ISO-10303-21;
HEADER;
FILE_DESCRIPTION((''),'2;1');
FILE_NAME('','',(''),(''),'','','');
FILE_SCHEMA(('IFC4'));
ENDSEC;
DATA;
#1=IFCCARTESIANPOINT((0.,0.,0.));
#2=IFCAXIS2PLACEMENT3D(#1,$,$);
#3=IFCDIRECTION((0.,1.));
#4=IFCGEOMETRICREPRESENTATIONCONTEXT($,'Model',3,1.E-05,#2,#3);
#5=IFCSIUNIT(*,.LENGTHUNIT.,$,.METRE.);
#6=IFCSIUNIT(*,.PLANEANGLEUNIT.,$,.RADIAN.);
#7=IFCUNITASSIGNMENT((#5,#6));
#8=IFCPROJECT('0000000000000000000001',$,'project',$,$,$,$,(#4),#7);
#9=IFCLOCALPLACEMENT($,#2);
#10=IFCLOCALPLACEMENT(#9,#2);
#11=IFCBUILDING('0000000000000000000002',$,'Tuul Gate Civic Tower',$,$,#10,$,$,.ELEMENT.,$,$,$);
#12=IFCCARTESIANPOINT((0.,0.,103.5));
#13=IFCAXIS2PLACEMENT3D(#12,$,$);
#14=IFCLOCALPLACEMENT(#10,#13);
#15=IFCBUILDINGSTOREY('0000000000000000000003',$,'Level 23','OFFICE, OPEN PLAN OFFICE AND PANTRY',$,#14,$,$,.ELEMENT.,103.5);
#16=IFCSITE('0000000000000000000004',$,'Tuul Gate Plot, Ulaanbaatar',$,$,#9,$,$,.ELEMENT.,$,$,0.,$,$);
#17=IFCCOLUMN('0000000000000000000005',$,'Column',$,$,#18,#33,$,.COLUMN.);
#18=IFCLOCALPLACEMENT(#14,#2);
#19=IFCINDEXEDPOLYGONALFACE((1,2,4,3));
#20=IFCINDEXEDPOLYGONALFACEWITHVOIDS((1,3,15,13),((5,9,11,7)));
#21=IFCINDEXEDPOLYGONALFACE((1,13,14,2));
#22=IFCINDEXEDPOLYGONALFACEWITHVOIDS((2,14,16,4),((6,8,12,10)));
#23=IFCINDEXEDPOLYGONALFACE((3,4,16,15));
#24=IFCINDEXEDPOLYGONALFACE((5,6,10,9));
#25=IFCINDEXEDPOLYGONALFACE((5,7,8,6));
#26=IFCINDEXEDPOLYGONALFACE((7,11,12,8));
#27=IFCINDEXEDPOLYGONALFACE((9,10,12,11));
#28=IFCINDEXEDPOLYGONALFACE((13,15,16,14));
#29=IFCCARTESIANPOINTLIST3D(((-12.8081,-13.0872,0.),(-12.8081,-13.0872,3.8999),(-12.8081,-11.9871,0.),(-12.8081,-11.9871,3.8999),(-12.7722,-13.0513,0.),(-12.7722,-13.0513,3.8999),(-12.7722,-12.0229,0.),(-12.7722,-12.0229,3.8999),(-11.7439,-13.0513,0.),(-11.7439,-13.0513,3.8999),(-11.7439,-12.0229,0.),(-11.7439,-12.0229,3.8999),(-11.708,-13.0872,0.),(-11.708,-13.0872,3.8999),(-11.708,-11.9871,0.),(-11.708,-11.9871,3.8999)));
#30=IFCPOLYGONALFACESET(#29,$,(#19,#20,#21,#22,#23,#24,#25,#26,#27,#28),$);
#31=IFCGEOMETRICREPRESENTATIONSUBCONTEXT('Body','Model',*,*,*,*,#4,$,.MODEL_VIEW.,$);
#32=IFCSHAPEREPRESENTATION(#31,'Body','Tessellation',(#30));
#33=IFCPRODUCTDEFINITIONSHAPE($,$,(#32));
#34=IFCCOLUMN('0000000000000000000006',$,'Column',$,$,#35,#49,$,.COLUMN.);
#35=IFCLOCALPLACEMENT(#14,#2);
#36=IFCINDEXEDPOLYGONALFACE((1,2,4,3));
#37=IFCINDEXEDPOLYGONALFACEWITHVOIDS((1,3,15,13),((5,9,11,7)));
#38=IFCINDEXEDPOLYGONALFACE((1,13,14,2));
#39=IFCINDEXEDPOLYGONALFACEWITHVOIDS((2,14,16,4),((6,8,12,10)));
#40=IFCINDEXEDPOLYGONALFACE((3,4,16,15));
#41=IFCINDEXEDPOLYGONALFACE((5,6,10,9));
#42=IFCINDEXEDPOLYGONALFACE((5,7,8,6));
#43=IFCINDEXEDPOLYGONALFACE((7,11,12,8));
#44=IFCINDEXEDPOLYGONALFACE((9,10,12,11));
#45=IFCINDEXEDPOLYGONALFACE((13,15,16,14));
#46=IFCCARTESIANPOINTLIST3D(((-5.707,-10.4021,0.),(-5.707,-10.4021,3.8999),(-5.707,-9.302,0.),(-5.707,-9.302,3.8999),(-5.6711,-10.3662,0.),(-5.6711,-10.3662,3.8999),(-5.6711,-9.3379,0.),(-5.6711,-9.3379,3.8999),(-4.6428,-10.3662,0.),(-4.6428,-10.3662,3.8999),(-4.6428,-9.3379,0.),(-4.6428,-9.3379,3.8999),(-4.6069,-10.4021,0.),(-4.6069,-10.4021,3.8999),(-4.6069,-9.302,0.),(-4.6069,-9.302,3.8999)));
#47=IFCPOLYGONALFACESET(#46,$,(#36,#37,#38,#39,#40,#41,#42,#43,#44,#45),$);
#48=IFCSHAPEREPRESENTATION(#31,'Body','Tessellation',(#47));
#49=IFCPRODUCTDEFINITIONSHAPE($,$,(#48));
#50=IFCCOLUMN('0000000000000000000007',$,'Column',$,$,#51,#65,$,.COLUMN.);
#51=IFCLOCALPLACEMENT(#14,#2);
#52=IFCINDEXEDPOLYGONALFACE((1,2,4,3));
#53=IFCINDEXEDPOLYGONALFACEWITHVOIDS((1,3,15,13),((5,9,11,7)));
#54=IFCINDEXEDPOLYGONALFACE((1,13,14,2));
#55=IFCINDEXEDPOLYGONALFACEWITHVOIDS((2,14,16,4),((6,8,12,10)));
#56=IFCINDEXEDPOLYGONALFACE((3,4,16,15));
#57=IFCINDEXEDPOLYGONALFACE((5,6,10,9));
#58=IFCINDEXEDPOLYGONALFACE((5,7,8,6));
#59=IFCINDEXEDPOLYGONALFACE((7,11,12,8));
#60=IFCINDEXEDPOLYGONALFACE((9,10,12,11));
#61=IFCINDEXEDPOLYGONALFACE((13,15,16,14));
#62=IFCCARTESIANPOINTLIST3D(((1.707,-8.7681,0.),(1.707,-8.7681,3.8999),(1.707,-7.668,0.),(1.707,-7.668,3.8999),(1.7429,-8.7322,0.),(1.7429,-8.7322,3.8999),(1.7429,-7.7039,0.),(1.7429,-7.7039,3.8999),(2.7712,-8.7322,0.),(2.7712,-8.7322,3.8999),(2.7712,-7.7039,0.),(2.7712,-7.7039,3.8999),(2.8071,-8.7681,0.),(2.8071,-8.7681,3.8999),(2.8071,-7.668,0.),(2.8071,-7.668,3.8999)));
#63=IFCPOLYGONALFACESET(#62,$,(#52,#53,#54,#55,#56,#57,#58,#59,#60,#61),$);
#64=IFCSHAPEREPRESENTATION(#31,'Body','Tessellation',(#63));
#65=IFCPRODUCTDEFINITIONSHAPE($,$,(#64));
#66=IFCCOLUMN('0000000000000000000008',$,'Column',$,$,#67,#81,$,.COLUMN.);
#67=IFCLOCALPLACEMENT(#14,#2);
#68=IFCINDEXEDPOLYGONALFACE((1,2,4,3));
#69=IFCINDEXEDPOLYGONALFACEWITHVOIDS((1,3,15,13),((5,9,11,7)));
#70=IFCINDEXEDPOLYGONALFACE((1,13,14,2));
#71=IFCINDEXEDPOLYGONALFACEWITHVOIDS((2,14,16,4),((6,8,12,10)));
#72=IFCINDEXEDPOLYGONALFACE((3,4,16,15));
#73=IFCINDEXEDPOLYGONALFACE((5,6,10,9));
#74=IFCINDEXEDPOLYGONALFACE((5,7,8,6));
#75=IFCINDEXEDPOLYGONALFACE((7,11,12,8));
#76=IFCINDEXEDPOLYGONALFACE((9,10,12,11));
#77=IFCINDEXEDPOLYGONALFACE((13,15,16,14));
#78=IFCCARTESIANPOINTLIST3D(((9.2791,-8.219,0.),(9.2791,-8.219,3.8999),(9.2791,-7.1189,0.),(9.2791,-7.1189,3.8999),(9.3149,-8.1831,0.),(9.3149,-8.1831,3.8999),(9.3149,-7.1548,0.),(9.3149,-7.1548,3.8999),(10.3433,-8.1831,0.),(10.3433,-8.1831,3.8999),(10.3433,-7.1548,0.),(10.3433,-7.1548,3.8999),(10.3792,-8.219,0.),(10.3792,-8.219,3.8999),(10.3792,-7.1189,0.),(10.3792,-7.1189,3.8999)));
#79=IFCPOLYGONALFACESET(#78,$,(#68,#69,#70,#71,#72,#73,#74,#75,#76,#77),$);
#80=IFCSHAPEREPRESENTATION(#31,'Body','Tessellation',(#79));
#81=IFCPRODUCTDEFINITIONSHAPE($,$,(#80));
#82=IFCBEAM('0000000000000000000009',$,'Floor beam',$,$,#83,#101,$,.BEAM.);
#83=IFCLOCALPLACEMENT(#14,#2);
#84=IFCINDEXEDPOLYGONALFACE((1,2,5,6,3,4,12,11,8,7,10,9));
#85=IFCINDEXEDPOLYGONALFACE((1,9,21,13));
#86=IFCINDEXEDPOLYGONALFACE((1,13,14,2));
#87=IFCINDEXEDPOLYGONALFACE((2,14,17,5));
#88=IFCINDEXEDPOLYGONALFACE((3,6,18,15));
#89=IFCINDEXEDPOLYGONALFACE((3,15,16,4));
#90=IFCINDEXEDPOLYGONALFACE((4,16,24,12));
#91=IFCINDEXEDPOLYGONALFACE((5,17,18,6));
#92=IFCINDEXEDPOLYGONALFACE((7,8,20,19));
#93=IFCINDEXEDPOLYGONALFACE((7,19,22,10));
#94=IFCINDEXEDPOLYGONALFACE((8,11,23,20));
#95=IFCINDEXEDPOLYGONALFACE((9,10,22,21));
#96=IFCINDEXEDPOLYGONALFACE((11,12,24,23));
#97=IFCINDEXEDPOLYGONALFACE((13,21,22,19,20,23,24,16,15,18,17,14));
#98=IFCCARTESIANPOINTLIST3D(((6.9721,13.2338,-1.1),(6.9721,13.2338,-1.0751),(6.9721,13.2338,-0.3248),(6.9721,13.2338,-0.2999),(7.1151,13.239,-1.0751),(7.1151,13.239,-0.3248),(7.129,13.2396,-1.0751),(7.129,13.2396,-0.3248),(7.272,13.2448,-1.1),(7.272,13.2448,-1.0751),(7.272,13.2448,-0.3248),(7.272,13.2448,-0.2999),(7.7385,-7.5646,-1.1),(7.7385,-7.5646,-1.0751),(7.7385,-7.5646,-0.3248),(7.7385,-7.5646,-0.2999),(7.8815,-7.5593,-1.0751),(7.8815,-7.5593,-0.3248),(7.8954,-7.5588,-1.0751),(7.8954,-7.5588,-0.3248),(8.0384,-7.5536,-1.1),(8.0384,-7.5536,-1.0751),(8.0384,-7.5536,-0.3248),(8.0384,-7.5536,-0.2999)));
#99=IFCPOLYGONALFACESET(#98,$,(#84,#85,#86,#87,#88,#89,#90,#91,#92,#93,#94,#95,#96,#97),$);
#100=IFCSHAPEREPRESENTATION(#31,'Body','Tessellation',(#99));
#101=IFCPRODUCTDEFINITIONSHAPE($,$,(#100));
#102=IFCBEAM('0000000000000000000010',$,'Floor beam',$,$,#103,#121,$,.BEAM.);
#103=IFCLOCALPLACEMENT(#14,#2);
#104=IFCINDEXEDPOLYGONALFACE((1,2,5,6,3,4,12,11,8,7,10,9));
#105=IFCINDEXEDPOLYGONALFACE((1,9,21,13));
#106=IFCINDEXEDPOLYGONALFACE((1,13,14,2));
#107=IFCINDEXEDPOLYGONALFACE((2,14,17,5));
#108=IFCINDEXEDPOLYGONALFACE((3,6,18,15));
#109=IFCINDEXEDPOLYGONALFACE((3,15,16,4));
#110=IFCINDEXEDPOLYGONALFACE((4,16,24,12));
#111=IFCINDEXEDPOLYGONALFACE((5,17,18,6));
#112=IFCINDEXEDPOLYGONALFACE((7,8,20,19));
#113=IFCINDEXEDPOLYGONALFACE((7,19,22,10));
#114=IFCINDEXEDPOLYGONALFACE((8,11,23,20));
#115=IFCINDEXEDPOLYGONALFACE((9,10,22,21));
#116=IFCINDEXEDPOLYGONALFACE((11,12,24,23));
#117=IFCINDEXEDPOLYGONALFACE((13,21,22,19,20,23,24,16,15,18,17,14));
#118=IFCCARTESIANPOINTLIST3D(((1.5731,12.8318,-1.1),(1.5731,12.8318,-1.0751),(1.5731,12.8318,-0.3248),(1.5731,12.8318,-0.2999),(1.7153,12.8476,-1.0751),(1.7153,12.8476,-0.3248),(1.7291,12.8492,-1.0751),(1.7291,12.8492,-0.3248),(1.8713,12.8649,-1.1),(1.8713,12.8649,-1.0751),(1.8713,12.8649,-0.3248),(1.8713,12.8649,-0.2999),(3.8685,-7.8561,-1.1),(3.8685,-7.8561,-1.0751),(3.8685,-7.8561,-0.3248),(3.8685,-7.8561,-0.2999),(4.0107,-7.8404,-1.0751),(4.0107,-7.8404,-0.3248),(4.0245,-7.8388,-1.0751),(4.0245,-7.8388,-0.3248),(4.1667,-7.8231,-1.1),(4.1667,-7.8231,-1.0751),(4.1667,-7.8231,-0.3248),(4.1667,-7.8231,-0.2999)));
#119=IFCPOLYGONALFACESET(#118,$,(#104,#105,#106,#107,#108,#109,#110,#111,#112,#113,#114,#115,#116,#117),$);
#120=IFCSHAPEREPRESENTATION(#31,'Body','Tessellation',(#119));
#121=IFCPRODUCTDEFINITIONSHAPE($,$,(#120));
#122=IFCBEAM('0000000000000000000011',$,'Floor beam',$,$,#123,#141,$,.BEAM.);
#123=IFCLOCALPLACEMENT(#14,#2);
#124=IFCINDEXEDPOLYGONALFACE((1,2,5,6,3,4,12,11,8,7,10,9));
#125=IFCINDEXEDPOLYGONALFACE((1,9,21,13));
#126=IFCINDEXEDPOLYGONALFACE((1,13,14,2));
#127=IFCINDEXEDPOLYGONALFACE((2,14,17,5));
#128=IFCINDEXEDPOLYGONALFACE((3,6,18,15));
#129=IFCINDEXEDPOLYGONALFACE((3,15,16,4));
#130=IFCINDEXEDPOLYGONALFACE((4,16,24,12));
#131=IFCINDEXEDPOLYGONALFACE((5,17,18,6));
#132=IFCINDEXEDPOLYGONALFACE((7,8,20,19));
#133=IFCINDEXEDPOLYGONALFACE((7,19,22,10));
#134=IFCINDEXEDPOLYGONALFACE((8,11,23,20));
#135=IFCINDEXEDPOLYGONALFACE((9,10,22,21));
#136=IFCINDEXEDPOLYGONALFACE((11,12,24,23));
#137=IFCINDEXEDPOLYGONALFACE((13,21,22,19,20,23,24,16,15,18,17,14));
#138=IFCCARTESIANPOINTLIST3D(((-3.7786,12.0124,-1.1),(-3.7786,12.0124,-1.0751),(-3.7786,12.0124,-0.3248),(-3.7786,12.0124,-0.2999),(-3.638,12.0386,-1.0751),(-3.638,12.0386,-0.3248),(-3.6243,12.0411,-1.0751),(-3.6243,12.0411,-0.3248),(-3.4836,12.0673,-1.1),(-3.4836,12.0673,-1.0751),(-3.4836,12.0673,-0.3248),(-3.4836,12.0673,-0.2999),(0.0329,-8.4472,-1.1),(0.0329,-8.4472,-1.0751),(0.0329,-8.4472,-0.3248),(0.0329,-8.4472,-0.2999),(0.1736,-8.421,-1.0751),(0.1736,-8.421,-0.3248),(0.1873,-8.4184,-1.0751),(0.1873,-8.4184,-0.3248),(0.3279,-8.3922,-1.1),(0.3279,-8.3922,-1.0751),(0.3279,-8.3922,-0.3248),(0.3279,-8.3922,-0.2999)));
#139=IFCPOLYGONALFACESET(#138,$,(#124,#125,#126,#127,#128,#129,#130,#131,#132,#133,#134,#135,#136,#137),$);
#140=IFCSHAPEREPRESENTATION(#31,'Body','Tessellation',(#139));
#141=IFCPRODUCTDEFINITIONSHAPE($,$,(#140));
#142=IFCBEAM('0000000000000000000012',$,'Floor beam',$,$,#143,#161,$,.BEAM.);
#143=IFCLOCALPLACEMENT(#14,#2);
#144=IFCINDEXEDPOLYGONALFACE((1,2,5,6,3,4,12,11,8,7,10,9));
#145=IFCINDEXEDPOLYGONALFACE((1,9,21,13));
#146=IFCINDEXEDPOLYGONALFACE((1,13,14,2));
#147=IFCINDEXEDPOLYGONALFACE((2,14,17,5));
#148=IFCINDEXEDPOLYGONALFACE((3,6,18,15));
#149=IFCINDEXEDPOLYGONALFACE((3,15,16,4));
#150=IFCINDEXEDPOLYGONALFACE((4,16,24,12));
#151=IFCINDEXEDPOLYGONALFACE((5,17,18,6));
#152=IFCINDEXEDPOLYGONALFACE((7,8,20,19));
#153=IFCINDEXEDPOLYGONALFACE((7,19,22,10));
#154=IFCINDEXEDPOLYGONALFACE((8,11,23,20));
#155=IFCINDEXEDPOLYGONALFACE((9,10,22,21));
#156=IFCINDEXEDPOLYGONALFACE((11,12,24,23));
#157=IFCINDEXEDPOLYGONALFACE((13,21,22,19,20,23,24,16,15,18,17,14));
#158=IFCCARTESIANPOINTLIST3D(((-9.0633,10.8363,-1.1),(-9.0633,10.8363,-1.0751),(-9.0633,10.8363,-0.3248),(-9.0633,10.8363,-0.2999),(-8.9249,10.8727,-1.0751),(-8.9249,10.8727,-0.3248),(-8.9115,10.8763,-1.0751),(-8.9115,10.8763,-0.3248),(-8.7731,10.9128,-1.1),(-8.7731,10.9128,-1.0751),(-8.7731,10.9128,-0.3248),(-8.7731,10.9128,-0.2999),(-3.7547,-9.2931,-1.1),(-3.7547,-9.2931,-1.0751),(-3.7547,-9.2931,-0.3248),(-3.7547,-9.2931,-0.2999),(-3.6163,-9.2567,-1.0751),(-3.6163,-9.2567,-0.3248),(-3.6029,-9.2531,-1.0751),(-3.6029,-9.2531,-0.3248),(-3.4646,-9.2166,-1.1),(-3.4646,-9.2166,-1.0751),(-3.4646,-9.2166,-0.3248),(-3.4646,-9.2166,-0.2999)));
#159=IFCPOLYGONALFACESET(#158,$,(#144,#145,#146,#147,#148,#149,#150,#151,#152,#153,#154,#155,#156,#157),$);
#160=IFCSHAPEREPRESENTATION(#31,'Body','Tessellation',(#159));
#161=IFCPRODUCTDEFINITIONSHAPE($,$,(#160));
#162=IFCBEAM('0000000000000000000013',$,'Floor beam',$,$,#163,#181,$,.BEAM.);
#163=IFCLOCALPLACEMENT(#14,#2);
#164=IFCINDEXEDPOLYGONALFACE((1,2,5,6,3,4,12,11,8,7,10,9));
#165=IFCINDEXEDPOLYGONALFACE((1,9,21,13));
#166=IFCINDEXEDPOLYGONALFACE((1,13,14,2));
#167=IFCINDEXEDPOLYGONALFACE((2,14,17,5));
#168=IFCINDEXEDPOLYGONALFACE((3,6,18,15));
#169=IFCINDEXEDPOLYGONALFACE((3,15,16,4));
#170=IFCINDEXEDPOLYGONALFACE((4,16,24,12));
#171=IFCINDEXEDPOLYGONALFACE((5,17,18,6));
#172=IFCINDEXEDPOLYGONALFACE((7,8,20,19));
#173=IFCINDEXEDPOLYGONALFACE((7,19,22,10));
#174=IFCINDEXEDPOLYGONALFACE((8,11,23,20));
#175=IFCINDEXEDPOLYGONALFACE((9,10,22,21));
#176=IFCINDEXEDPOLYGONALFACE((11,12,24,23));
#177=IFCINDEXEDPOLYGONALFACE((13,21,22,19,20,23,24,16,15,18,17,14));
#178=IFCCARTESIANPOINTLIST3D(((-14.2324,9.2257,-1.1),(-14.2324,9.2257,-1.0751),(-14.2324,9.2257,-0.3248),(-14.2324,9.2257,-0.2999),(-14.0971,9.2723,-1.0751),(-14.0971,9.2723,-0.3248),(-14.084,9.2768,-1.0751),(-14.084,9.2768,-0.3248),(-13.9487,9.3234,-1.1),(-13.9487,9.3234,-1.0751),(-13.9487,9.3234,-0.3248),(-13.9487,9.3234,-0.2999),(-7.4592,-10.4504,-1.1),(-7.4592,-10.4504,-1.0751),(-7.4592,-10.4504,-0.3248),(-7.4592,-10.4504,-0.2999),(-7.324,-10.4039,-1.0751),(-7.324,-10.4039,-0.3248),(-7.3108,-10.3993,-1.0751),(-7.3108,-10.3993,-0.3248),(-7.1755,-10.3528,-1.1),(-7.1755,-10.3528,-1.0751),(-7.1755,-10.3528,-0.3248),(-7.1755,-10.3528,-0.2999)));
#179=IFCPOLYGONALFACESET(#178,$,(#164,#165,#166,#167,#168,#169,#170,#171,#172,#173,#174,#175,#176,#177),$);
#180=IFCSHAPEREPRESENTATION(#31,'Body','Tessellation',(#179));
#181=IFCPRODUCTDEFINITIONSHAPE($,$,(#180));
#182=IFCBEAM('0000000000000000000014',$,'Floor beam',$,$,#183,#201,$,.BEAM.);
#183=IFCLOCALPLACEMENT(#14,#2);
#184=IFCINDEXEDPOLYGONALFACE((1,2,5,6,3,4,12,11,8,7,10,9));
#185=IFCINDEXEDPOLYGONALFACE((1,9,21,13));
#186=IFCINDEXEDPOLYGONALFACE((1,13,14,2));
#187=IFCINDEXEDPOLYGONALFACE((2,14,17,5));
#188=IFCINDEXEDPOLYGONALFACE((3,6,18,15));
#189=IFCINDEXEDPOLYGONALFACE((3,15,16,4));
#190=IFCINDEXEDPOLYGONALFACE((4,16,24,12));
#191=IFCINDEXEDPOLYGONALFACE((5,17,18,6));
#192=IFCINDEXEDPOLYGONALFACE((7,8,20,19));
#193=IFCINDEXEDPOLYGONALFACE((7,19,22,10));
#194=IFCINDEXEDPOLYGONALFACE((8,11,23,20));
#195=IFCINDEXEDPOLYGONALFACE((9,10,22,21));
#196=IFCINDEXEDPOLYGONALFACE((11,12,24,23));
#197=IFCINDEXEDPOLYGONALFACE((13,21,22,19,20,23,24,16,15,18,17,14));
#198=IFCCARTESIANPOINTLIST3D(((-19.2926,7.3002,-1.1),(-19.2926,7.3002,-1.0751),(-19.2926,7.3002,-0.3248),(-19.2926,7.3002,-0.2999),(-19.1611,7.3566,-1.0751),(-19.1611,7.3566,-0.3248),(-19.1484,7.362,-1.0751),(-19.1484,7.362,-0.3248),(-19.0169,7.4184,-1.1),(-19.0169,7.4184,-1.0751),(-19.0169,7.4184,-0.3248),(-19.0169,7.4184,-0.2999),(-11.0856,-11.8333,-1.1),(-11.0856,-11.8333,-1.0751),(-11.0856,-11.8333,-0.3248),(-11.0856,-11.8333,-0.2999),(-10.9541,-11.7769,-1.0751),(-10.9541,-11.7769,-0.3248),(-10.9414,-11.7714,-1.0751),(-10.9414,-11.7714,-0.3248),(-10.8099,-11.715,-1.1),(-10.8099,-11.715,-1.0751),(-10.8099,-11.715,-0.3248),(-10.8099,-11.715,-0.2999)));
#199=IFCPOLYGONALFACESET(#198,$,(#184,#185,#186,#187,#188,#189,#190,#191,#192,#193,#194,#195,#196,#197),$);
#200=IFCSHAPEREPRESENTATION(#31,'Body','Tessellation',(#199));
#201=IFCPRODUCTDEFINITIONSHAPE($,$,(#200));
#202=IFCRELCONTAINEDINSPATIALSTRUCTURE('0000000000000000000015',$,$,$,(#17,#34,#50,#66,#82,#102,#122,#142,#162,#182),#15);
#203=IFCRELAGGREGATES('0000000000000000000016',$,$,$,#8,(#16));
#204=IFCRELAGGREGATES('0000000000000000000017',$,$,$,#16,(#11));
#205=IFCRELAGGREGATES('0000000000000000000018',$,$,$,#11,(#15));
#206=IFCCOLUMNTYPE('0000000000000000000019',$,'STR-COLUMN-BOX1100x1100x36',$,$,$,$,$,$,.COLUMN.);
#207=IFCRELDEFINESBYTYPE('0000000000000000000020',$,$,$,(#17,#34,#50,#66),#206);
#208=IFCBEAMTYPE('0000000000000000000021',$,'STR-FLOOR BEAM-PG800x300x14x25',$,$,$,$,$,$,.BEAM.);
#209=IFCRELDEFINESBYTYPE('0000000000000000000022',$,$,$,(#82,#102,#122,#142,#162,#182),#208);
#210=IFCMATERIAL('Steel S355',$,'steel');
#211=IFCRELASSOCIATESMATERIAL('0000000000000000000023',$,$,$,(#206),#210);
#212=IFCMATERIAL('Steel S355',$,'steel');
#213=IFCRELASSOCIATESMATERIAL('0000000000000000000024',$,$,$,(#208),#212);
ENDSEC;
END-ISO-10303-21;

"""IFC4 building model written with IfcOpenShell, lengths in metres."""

from ifc_helpers import new_model, si_unit, direction, frame, origin, origin_2d, place, context, subcontext, project, spatial, hollow_rectangle, i_section, extrude, material, material_profile, profile_set, type_object, element, save


model = new_model("IFC4")

# Units and contexts
model_context = context("Model", 3, precision=1e-05, world=origin(), true_north=direction((0.0, 1.0)))
body_context = subcontext(model_context, "Body", "Model", "MODEL_VIEW")
ifc_project = project(units=[si_unit("LENGTHUNIT", "METRE"), si_unit("PLANEANGLEUNIT", "RADIAN")], contexts=[model_context])

# Site, building, storey
site_placement = place(None, origin())
site = spatial("IfcSite", under=ifc_project, at=site_placement, Name="Tuul Gate Plot, Ulaanbaatar", CompositionType="ELEMENT", RefElevation=0.0)
building_placement = place(site_placement, origin())
building = spatial("IfcBuilding", under=site, at=building_placement, Name="Tuul Gate Civic Tower", CompositionType="ELEMENT")
storey_placement = place(building_placement, frame((0.0, 0.0, 103.5)))
storey = spatial("IfcBuildingStorey", under=building, at=storey_placement, Name="Level 23", Description="OFFICE, OPEN PLAN OFFICE AND PANTRY", CompositionType="ELEMENT", Elevation=103.5)

# Columns
ifc_material_1 = material(Name="Steel S355", Category="steel")
ifc_material_profile_1 = material_profile(ifc_material_1, hollow_rectangle(XDim=1.1001, YDim=1.1001, WallThickness=0.0359, at=origin_2d()), Name="BOX1100x1100x36")
ifc_profile_set_1 = profile_set([ifc_material_profile_1], Name="Steel S355")
column_type = type_object("IfcColumnType", Name="STR-COLUMN-BOX1100x1100x36", PredefinedType="COLUMN", material=ifc_profile_set_1)
for number, where, z_axis, x_axis, name in (
    (1, (-12.2581, -12.5371, 0.0), (0.0, 0.0, 1.0), (1.0, 0.0, 0.0), "Column"),
    (2, (-5.157, -9.8521, 0.0), (0.0, 0.0, 1.0), (1.0, 0.0, 0.0), "Column"),
    (3, (2.2571, -8.218, 0.0), (0.0, 0.0, 1.0), (1.0, 0.0, 0.0), "Column"),
    (4, (9.8291, -7.6689, 0.0), (0.0, 0.0, 1.0), (1.0, 0.0, 0.0), "Column"),
):
    element("IfcColumn", number, at=place(storey_placement, frame(where, z_axis=z_axis, x_axis=x_axis)), inside=storey, type_object=column_type, Name=name, PredefinedType="COLUMN", context=body_context, shape_type="SweptSolid", body=[
        extrude(hollow_rectangle(XDim=1.1001, YDim=1.1001, WallThickness=0.0359, at=origin_2d()), origin(), (0.0, 0.0, 1.0), 3.8999),
    ])

# Beams
ifc_material_2 = material(Name="Steel S355", Category="steel")
ifc_material_profile_2 = material_profile(ifc_material_2, i_section(OverallWidth=0.3, OverallDepth=0.8, WebThickness=0.0139, FlangeThickness=0.0249, at=origin_2d()), Name="PG800x300x14x25")
ifc_profile_set_2 = profile_set([ifc_material_profile_2], Name="Steel S355")
beam_type_1 = type_object("IfcBeamType", Name="STR-FLOOR BEAM-PG800x300x14x25", PredefinedType="BEAM", material=ifc_profile_set_2)
beam_1_placement = place(storey_placement, frame((7.8884, -7.5591, -0.7), z_axis=(-0.036822, 0.999322, 0.0), x_axis=(-0.999322, -0.036822, 0.0)))
element("IfcBeam", 5, at=beam_1_placement, inside=storey, type_object=beam_type_1, Name="Floor beam", PredefinedType="BEAM", context=body_context, shape_type="SweptSolid", body=[
    extrude(i_section(OverallWidth=0.3, OverallDepth=0.8, WebThickness=0.0139, FlangeThickness=0.0249, at=origin_2d()), origin(), (0.0, 0.0, 1.0), 20.8125),
])
beam_2_placement = place(storey_placement, frame((4.0176, -7.8396, -0.7), z_axis=(-0.110277, 0.993901, 0.0), x_axis=(-0.993901, -0.110277, 0.0)))
element("IfcBeam", 6, at=beam_2_placement, inside=storey, type_object=beam_type_1, Name="Floor beam", PredefinedType="BEAM", context=body_context, shape_type="SweptSolid", body=[
    extrude(i_section(OverallWidth=0.3, OverallDepth=0.8, WebThickness=0.0139, FlangeThickness=0.0249, at=origin_2d()), origin(), (0.0, 0.0, 1.0), 20.8149),
])
beam_3_placement = place(storey_placement, frame((0.1804, -8.4197, -0.7), z_axis=(-0.183145, 0.983086, 0.0), x_axis=(-0.983086, -0.183145, 0.0)))
element("IfcBeam", 7, at=beam_3_placement, inside=storey, type_object=beam_type_1, Name="Floor beam", PredefinedType="BEAM", context=body_context, shape_type="SweptSolid", body=[
    extrude(i_section(OverallWidth=0.3, OverallDepth=0.8, WebThickness=0.0139, FlangeThickness=0.0249, at=origin_2d()), origin(), (0.0, 0.0, 1.0), 20.8115),
])
beam_4_placement = place(storey_placement, frame((-3.6096, -9.2549, -0.7), z_axis=(-0.255005, 0.96694, 0.0), x_axis=(-0.96694, -0.255005, 0.0)))
element("IfcBeam", 8, at=beam_4_placement, inside=storey, type_object=beam_type_1, Name="Floor beam", PredefinedType="BEAM", context=body_context, shape_type="SweptSolid", body=[
    extrude(i_section(OverallWidth=0.3, OverallDepth=0.8, WebThickness=0.0139, FlangeThickness=0.0249, at=origin_2d()), origin(), (0.0, 0.0, 1.0), 20.8176),
])
beam_5_placement = place(storey_placement, frame((-7.3174, -10.4016, -0.7), z_axis=(-0.325487, 0.945547, 0.0), x_axis=(-0.945547, -0.325487, 0.0)))
element("IfcBeam", 9, at=beam_5_placement, inside=storey, type_object=beam_type_1, Name="Floor beam", PredefinedType="BEAM", context=body_context, shape_type="SweptSolid", body=[
    extrude(i_section(OverallWidth=0.3, OverallDepth=0.8, WebThickness=0.0139, FlangeThickness=0.0249, at=origin_2d()), origin(), (0.0, 0.0, 1.0), 20.8093),
])
beam_6_placement = place(storey_placement, frame((-10.9478, -11.7742, -0.7), z_axis=(-0.394201, 0.919024, 0.0), x_axis=(-0.919024, -0.394201, 0.0)))
element("IfcBeam", 10, at=beam_6_placement, inside=storey, type_object=beam_type_1, Name="Floor beam", PredefinedType="BEAM", context=body_context, shape_type="SweptSolid", body=[
    extrude(i_section(OverallWidth=0.3, OverallDepth=0.8, WebThickness=0.0139, FlangeThickness=0.0249, at=origin_2d()), origin(), (0.0, 0.0, 1.0), 20.8193),
])

save(model, "model.ifc")
